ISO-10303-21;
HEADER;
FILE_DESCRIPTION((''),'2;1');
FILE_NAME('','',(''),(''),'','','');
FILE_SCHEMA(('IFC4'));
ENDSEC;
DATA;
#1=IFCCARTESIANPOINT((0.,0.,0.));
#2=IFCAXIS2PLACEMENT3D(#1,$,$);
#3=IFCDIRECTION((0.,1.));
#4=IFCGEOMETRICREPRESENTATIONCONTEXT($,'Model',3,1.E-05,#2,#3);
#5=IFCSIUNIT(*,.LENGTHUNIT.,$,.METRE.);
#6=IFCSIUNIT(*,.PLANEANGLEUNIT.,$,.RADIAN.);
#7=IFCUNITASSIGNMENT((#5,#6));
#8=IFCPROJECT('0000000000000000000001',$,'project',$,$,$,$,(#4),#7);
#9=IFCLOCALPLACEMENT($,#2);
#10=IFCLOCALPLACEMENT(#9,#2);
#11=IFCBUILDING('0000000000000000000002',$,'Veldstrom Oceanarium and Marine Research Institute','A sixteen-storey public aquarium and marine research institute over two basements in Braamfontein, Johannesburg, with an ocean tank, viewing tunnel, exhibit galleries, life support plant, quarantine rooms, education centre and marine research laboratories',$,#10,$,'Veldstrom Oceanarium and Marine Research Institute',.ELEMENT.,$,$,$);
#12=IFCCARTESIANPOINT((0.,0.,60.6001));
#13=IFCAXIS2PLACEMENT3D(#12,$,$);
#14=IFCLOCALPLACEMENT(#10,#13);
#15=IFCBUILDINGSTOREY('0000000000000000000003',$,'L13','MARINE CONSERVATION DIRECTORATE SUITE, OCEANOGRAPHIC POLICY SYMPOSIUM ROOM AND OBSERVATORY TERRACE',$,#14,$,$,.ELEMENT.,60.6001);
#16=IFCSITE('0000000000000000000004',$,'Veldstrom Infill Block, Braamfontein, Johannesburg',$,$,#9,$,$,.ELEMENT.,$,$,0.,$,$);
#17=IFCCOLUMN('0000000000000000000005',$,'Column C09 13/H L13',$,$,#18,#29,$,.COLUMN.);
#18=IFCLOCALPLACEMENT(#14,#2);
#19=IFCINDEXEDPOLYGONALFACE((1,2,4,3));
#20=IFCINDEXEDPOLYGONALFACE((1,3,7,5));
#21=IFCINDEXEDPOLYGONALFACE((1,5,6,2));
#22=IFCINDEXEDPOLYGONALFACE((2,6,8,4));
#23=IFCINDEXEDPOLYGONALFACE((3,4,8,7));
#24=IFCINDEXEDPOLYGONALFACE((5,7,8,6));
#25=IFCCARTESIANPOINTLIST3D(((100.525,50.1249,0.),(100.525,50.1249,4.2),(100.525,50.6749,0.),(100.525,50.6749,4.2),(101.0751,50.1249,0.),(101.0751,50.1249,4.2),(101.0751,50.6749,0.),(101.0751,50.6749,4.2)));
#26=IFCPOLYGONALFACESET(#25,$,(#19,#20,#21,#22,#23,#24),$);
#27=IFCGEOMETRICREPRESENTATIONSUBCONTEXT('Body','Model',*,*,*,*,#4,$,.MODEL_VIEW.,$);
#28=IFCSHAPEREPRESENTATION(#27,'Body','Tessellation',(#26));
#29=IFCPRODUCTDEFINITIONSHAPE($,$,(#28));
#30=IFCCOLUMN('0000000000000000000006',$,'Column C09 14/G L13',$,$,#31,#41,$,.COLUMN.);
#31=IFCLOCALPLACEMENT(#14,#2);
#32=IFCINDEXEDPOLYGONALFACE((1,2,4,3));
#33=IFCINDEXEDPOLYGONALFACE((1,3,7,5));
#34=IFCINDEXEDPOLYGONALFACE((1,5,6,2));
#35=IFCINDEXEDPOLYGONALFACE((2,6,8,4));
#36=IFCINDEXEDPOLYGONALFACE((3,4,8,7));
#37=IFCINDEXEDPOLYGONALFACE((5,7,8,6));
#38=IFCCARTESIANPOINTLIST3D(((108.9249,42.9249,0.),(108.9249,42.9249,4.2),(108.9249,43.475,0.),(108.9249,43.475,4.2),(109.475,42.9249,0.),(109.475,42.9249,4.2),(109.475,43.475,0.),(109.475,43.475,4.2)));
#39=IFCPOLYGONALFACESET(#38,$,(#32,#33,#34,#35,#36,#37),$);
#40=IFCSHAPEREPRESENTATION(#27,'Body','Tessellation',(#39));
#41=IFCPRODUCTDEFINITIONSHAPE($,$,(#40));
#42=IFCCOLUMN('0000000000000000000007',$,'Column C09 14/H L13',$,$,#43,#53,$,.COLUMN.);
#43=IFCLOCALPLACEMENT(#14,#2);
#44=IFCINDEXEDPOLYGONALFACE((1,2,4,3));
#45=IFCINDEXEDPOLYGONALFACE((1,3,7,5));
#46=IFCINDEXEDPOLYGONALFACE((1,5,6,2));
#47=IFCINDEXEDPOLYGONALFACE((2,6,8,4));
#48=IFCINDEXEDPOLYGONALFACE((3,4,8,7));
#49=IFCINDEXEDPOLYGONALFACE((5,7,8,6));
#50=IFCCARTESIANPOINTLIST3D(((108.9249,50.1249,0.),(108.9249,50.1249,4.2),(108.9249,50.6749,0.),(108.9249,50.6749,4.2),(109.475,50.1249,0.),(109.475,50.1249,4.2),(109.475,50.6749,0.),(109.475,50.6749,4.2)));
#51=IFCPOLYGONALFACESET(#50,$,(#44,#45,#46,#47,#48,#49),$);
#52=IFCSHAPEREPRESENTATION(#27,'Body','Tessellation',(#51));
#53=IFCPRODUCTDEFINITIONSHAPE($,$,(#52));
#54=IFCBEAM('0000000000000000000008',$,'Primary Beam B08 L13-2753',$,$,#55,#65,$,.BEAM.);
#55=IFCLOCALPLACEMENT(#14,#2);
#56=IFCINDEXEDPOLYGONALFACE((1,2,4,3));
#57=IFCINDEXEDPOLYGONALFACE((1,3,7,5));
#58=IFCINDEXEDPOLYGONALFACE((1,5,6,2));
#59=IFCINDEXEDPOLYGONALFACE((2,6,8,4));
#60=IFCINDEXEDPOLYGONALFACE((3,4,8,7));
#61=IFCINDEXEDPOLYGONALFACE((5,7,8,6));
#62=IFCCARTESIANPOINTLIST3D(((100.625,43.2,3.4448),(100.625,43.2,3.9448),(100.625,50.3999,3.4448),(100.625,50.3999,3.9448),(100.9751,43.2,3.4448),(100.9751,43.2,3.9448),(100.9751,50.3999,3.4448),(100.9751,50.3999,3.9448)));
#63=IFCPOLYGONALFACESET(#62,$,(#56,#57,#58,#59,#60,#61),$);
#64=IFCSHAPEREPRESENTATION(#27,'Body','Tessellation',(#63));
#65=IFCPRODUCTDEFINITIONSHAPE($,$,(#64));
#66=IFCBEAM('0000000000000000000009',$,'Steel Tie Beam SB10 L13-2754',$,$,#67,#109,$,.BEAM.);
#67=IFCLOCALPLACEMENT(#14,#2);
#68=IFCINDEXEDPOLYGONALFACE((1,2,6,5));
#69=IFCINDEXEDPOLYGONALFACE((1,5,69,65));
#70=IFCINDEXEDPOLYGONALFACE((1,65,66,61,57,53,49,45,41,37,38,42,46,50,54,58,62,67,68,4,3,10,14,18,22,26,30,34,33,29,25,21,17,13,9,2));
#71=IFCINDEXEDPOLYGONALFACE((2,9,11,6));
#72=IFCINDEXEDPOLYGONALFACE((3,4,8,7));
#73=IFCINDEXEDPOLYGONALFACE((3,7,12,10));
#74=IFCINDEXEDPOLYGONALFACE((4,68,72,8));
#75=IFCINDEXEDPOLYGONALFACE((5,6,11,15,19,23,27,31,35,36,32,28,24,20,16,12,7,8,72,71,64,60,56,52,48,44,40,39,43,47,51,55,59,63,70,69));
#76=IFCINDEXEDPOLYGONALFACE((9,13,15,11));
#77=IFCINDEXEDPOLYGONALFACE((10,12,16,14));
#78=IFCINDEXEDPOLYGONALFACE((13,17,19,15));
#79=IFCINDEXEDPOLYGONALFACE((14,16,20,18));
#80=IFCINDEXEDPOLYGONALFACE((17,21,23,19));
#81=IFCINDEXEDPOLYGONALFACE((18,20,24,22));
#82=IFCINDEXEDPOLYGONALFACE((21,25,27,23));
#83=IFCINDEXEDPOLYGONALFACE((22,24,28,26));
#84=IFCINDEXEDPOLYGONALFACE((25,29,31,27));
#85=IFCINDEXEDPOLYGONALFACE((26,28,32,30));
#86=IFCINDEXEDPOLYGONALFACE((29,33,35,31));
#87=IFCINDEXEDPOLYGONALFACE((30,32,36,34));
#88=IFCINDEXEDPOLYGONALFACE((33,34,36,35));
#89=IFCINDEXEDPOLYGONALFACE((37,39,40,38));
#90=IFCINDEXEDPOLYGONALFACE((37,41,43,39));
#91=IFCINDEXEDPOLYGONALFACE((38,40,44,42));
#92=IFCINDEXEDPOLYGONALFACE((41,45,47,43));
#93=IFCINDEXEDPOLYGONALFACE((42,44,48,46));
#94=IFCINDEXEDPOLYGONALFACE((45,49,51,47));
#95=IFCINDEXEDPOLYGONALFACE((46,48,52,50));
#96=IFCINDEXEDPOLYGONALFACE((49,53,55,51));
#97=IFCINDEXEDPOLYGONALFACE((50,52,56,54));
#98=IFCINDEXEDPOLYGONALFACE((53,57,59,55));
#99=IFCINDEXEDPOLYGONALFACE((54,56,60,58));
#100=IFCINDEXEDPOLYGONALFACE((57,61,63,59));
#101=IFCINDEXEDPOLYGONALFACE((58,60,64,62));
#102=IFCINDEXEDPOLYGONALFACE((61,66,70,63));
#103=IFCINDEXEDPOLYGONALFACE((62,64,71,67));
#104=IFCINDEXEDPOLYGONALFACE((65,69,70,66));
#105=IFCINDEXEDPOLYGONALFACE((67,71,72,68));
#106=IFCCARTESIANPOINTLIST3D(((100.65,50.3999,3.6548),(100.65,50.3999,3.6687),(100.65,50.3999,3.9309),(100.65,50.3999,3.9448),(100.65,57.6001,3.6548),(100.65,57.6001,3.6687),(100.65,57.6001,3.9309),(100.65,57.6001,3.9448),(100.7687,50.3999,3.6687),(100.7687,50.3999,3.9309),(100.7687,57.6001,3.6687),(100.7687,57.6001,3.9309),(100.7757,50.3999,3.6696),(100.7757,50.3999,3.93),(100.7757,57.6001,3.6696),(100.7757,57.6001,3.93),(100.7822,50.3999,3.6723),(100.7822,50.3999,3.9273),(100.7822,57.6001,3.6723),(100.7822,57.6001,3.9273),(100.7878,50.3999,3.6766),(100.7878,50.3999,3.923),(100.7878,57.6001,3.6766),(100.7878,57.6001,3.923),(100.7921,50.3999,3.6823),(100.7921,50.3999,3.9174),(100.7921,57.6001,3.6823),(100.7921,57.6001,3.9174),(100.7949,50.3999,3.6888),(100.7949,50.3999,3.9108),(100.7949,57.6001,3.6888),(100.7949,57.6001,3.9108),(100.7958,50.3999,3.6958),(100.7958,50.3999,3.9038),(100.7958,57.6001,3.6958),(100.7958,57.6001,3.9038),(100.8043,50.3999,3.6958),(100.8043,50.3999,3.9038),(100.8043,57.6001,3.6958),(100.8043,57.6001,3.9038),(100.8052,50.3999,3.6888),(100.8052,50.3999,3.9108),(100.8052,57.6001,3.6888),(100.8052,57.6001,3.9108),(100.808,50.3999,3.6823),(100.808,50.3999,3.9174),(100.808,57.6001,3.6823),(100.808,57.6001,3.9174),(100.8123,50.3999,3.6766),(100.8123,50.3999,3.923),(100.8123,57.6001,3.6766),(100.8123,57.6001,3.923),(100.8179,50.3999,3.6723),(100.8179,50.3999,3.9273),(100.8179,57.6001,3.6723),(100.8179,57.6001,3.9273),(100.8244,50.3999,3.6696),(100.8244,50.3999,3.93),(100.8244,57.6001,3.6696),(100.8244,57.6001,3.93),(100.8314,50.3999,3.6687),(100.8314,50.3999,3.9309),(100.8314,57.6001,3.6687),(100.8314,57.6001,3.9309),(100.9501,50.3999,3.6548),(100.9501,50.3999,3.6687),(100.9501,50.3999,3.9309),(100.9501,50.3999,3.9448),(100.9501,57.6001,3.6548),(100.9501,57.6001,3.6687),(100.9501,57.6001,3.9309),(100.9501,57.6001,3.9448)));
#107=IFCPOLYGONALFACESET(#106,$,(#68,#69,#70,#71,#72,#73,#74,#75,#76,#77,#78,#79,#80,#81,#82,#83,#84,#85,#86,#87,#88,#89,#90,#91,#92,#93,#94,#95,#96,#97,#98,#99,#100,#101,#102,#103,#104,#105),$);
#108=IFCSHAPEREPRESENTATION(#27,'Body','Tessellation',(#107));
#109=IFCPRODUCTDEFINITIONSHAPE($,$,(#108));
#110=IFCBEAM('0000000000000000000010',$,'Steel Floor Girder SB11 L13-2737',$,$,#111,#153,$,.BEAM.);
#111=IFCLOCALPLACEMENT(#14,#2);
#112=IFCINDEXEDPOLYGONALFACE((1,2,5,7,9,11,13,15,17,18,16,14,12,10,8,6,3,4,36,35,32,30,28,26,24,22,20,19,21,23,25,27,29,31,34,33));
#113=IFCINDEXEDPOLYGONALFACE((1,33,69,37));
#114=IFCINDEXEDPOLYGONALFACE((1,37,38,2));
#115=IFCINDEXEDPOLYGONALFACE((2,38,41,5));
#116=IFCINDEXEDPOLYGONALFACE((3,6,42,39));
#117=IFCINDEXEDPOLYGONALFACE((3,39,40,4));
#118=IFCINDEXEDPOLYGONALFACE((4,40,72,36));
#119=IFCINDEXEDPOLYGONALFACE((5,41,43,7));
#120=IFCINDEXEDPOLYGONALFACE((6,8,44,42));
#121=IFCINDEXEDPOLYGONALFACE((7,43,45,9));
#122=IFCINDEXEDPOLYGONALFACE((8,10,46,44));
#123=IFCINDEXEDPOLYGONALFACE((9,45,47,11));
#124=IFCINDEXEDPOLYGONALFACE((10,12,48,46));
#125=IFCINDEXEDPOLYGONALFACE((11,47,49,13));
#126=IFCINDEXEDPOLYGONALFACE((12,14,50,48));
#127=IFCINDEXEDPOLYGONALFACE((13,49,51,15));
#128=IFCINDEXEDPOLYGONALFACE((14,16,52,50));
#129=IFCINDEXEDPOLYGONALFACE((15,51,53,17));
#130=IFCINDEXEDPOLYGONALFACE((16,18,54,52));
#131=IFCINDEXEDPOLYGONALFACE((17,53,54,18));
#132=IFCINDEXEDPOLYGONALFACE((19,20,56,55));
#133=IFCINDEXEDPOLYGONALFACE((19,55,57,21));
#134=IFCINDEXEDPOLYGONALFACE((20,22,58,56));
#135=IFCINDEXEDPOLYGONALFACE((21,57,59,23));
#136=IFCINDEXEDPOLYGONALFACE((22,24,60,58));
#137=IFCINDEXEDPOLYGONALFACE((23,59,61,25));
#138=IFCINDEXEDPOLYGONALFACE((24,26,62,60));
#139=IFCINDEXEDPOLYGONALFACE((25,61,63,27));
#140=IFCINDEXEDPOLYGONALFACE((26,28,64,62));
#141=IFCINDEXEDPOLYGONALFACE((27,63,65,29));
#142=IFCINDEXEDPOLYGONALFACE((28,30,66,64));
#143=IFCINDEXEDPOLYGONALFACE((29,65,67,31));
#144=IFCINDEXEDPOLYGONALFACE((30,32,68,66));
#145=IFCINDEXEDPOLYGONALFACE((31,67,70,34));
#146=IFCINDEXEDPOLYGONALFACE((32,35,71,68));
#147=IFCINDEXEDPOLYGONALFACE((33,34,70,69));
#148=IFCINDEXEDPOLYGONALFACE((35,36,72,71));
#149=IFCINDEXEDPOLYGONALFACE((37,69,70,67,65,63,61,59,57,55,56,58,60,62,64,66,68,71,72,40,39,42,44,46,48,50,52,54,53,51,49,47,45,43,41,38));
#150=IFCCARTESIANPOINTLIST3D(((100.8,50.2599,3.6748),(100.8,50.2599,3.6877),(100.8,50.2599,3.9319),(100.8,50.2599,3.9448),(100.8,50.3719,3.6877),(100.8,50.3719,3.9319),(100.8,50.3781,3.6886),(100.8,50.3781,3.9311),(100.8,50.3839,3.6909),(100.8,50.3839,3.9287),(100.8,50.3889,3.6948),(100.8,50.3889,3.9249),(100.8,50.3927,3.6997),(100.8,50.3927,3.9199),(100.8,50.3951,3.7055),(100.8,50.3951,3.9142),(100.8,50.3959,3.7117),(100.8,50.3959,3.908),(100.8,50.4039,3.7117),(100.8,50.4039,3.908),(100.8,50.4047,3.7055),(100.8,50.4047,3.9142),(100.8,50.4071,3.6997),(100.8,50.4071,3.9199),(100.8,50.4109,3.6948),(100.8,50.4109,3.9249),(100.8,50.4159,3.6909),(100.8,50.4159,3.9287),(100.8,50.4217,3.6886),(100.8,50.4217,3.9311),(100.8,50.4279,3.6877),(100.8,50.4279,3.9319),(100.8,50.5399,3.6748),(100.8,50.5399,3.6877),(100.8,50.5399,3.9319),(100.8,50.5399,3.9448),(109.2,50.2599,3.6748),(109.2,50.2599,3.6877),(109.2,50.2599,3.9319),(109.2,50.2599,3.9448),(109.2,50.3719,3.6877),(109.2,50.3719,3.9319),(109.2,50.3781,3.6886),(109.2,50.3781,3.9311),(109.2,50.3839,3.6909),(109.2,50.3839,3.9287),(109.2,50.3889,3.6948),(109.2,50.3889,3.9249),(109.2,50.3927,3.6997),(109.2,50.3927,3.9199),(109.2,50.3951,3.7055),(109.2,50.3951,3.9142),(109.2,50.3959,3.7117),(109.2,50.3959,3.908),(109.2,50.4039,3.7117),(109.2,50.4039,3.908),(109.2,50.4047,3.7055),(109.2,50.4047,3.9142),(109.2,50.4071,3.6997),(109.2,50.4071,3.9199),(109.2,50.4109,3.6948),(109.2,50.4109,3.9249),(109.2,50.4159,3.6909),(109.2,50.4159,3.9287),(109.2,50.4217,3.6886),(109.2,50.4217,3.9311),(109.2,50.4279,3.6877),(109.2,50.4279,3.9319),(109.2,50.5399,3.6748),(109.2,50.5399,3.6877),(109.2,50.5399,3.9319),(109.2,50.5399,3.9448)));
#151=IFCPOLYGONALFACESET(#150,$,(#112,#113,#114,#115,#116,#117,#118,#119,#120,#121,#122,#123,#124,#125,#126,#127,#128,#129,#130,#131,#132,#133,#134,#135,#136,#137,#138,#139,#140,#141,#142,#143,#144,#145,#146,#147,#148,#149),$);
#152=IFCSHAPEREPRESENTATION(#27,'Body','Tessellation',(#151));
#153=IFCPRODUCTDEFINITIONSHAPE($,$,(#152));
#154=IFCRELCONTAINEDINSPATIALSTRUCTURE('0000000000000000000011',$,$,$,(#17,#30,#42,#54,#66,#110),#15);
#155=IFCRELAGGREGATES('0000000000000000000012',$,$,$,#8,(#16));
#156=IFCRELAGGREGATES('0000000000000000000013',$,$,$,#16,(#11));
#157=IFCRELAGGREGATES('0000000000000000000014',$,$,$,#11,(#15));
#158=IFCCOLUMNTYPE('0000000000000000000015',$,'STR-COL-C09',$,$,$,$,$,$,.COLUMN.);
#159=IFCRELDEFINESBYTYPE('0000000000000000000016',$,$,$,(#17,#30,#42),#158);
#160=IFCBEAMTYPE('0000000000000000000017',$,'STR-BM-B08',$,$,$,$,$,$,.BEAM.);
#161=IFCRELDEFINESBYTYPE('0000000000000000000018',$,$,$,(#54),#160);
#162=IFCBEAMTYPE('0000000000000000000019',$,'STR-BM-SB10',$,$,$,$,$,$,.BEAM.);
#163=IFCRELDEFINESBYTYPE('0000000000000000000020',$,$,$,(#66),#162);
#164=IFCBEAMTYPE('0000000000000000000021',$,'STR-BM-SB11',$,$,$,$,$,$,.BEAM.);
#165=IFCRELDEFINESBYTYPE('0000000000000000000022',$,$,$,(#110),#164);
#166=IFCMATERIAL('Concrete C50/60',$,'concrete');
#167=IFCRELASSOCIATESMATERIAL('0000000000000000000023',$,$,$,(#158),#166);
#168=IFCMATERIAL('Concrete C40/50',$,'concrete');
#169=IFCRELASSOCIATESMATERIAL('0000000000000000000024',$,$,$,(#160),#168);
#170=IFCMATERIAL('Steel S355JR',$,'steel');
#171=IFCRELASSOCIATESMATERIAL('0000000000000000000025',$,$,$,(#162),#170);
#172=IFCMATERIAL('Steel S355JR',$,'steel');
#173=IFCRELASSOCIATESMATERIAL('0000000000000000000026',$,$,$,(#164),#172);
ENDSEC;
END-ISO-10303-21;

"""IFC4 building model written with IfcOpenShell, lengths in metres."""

from ifc_helpers import new_model, si_unit, direction, frame, origin, origin_2d, place, context, subcontext, project, spatial, rectangle, i_section, extrude, material, material_profile, profile_set, type_object, element, save


model = new_model("IFC4")

# Units and contexts
model_context = context("Model", 3, precision=1e-05, world=origin(), true_north=direction((0.0, 1.0)))
body_context = subcontext(model_context, "Body", "Model", "MODEL_VIEW")
ifc_project = project(units=[si_unit("LENGTHUNIT", "METRE"), si_unit("PLANEANGLEUNIT", "RADIAN")], contexts=[model_context])

# Site, building, storey
site_placement = place(None, origin())
site = spatial("IfcSite", under=ifc_project, at=site_placement, Name="Veldstrom Infill Block, Braamfontein, Johannesburg", CompositionType="ELEMENT", RefElevation=0.0)
building_placement = place(site_placement, origin())
building = spatial("IfcBuilding", under=site, at=building_placement, Name="Veldstrom Oceanarium and Marine Research Institute", Description="A sixteen-storey public aquarium and marine research institute over two basements in Braamfontein, Johannesburg, with an ocean tank, viewing tunnel, exhibit galleries, life support plant, quarantine rooms, education centre and marine research laboratories", LongName="Veldstrom Oceanarium and Marine Research Institute", CompositionType="ELEMENT")
storey_placement = place(building_placement, frame((0.0, 0.0, 60.6001)))
storey = spatial("IfcBuildingStorey", under=building, at=storey_placement, Name="L13", Description="MARINE CONSERVATION DIRECTORATE SUITE, OCEANOGRAPHIC POLICY SYMPOSIUM ROOM AND OBSERVATORY TERRACE", CompositionType="ELEMENT", Elevation=60.6001)

# Columns
ifc_material_1 = material(Name="Concrete C50/60", Category="concrete")
ifc_material_profile_1 = material_profile(ifc_material_1, rectangle(XDim=0.55, YDim=0.55, at=origin_2d()), Name="RC-COL-550x550")
ifc_profile_set_1 = profile_set([ifc_material_profile_1], Name="Concrete C50/60")
column_type = type_object("IfcColumnType", Name="STR-COL-C09", PredefinedType="COLUMN", material=ifc_profile_set_1)
for number, where, z_axis, x_axis, name in (
    (1, (100.8, 50.3999, 0.0), (0.0, 0.0, 1.0), (1.0, 0.0, 0.0), "Column C09 13/H L13"),
    (2, (109.2, 43.2, 0.0), (0.0, 0.0, 1.0), (1.0, 0.0, 0.0), "Column C09 14/G L13"),
    (3, (109.2, 50.3999, 0.0), (0.0, 0.0, 1.0), (1.0, 0.0, 0.0), "Column C09 14/H L13"),
):
    element("IfcColumn", number, at=place(storey_placement, frame(where, z_axis=z_axis, x_axis=x_axis)), inside=storey, type_object=column_type, Name=name, PredefinedType="COLUMN", context=body_context, shape_type="SweptSolid", body=[
        extrude(rectangle(XDim=0.55, YDim=0.55, at=origin_2d()), origin(), (0.0, 0.0, 1.0), 4.2),
    ])

# Beams
ifc_material_2 = material(Name="Concrete C40/50", Category="concrete")
ifc_material_profile_2 = material_profile(ifc_material_2, rectangle(XDim=0.3501, YDim=0.5, at=origin_2d()), Name="RC-BM-350x500")
ifc_profile_set_2 = profile_set([ifc_material_profile_2], Name="Concrete C40/50")
beam_type_1 = type_object("IfcBeamType", Name="STR-BM-B08", PredefinedType="BEAM", material=ifc_profile_set_2)
beam_1_placement = place(storey_placement, frame((100.8, 43.2, 3.6948), z_axis=(0.0, 1.0, 0.0), x_axis=(-1.0, 0.0, 0.0)))
element("IfcBeam", 4, at=beam_1_placement, inside=storey, type_object=beam_type_1, Name="Primary Beam B08 L13-2753", PredefinedType="BEAM", context=body_context, shape_type="SweptSolid", body=[
    extrude(rectangle(XDim=0.3501, YDim=0.5, at=origin_2d()), origin(), (0.0, 0.0, 1.0), 7.2),
])
ifc_material_3 = material(Name="Steel S355JR", Category="steel")
ifc_material_profile_3 = material_profile(ifc_material_3, i_section(OverallWidth=0.3, OverallDepth=0.29, WebThickness=0.0085, FlangeThickness=0.0139, FilletRadius=0.0271, at=origin_2d()), Name="HEA 300")
ifc_profile_set_3 = profile_set([ifc_material_profile_3], Name="Steel S355JR")
beam_type_2 = type_object("IfcBeamType", Name="STR-BM-SB10", PredefinedType="BEAM", material=ifc_profile_set_3)
beam_2_placement = place(storey_placement, frame((100.8, 50.3999, 3.7998), z_axis=(0.0, 1.0, 0.0), x_axis=(-1.0, 0.0, 0.0)))
element("IfcBeam", 5, at=beam_2_placement, inside=storey, type_object=beam_type_2, Name="Steel Tie Beam SB10 L13-2754", PredefinedType="BEAM", context=body_context, shape_type="SweptSolid", body=[
    extrude(i_section(OverallWidth=0.3, OverallDepth=0.29, WebThickness=0.0085, FlangeThickness=0.0139, FilletRadius=0.0271, at=origin_2d()), origin(), (0.0, 0.0, 1.0), 7.2002),
])
ifc_material_4 = material(Name="Steel S355JR", Category="steel")
ifc_material_profile_4 = material_profile(ifc_material_4, i_section(OverallWidth=0.28, OverallDepth=0.27, WebThickness=0.0081, FlangeThickness=0.0129, FilletRadius=0.0239, at=origin_2d()), Name="HEA 280")
ifc_profile_set_4 = profile_set([ifc_material_profile_4], Name="Steel S355JR")
beam_type_3 = type_object("IfcBeamType", Name="STR-BM-SB11", PredefinedType="BEAM", material=ifc_profile_set_4)
beam_3_placement = place(storey_placement, frame((100.8, 50.3999, 3.8098), z_axis=(1.0, 0.0, 0.0), x_axis=(0.0, 1.0, 0.0)))
element("IfcBeam", 6, at=beam_3_placement, inside=storey, type_object=beam_type_3, Name="Steel Floor Girder SB11 L13-2737", PredefinedType="BEAM", context=body_context, shape_type="SweptSolid", body=[
    extrude(i_section(OverallWidth=0.28, OverallDepth=0.27, WebThickness=0.0081, FlangeThickness=0.0129, FilletRadius=0.0239, at=origin_2d()), origin(), (0.0, 0.0, 1.0), 8.3999),
])

save(model, "model.ifc")
